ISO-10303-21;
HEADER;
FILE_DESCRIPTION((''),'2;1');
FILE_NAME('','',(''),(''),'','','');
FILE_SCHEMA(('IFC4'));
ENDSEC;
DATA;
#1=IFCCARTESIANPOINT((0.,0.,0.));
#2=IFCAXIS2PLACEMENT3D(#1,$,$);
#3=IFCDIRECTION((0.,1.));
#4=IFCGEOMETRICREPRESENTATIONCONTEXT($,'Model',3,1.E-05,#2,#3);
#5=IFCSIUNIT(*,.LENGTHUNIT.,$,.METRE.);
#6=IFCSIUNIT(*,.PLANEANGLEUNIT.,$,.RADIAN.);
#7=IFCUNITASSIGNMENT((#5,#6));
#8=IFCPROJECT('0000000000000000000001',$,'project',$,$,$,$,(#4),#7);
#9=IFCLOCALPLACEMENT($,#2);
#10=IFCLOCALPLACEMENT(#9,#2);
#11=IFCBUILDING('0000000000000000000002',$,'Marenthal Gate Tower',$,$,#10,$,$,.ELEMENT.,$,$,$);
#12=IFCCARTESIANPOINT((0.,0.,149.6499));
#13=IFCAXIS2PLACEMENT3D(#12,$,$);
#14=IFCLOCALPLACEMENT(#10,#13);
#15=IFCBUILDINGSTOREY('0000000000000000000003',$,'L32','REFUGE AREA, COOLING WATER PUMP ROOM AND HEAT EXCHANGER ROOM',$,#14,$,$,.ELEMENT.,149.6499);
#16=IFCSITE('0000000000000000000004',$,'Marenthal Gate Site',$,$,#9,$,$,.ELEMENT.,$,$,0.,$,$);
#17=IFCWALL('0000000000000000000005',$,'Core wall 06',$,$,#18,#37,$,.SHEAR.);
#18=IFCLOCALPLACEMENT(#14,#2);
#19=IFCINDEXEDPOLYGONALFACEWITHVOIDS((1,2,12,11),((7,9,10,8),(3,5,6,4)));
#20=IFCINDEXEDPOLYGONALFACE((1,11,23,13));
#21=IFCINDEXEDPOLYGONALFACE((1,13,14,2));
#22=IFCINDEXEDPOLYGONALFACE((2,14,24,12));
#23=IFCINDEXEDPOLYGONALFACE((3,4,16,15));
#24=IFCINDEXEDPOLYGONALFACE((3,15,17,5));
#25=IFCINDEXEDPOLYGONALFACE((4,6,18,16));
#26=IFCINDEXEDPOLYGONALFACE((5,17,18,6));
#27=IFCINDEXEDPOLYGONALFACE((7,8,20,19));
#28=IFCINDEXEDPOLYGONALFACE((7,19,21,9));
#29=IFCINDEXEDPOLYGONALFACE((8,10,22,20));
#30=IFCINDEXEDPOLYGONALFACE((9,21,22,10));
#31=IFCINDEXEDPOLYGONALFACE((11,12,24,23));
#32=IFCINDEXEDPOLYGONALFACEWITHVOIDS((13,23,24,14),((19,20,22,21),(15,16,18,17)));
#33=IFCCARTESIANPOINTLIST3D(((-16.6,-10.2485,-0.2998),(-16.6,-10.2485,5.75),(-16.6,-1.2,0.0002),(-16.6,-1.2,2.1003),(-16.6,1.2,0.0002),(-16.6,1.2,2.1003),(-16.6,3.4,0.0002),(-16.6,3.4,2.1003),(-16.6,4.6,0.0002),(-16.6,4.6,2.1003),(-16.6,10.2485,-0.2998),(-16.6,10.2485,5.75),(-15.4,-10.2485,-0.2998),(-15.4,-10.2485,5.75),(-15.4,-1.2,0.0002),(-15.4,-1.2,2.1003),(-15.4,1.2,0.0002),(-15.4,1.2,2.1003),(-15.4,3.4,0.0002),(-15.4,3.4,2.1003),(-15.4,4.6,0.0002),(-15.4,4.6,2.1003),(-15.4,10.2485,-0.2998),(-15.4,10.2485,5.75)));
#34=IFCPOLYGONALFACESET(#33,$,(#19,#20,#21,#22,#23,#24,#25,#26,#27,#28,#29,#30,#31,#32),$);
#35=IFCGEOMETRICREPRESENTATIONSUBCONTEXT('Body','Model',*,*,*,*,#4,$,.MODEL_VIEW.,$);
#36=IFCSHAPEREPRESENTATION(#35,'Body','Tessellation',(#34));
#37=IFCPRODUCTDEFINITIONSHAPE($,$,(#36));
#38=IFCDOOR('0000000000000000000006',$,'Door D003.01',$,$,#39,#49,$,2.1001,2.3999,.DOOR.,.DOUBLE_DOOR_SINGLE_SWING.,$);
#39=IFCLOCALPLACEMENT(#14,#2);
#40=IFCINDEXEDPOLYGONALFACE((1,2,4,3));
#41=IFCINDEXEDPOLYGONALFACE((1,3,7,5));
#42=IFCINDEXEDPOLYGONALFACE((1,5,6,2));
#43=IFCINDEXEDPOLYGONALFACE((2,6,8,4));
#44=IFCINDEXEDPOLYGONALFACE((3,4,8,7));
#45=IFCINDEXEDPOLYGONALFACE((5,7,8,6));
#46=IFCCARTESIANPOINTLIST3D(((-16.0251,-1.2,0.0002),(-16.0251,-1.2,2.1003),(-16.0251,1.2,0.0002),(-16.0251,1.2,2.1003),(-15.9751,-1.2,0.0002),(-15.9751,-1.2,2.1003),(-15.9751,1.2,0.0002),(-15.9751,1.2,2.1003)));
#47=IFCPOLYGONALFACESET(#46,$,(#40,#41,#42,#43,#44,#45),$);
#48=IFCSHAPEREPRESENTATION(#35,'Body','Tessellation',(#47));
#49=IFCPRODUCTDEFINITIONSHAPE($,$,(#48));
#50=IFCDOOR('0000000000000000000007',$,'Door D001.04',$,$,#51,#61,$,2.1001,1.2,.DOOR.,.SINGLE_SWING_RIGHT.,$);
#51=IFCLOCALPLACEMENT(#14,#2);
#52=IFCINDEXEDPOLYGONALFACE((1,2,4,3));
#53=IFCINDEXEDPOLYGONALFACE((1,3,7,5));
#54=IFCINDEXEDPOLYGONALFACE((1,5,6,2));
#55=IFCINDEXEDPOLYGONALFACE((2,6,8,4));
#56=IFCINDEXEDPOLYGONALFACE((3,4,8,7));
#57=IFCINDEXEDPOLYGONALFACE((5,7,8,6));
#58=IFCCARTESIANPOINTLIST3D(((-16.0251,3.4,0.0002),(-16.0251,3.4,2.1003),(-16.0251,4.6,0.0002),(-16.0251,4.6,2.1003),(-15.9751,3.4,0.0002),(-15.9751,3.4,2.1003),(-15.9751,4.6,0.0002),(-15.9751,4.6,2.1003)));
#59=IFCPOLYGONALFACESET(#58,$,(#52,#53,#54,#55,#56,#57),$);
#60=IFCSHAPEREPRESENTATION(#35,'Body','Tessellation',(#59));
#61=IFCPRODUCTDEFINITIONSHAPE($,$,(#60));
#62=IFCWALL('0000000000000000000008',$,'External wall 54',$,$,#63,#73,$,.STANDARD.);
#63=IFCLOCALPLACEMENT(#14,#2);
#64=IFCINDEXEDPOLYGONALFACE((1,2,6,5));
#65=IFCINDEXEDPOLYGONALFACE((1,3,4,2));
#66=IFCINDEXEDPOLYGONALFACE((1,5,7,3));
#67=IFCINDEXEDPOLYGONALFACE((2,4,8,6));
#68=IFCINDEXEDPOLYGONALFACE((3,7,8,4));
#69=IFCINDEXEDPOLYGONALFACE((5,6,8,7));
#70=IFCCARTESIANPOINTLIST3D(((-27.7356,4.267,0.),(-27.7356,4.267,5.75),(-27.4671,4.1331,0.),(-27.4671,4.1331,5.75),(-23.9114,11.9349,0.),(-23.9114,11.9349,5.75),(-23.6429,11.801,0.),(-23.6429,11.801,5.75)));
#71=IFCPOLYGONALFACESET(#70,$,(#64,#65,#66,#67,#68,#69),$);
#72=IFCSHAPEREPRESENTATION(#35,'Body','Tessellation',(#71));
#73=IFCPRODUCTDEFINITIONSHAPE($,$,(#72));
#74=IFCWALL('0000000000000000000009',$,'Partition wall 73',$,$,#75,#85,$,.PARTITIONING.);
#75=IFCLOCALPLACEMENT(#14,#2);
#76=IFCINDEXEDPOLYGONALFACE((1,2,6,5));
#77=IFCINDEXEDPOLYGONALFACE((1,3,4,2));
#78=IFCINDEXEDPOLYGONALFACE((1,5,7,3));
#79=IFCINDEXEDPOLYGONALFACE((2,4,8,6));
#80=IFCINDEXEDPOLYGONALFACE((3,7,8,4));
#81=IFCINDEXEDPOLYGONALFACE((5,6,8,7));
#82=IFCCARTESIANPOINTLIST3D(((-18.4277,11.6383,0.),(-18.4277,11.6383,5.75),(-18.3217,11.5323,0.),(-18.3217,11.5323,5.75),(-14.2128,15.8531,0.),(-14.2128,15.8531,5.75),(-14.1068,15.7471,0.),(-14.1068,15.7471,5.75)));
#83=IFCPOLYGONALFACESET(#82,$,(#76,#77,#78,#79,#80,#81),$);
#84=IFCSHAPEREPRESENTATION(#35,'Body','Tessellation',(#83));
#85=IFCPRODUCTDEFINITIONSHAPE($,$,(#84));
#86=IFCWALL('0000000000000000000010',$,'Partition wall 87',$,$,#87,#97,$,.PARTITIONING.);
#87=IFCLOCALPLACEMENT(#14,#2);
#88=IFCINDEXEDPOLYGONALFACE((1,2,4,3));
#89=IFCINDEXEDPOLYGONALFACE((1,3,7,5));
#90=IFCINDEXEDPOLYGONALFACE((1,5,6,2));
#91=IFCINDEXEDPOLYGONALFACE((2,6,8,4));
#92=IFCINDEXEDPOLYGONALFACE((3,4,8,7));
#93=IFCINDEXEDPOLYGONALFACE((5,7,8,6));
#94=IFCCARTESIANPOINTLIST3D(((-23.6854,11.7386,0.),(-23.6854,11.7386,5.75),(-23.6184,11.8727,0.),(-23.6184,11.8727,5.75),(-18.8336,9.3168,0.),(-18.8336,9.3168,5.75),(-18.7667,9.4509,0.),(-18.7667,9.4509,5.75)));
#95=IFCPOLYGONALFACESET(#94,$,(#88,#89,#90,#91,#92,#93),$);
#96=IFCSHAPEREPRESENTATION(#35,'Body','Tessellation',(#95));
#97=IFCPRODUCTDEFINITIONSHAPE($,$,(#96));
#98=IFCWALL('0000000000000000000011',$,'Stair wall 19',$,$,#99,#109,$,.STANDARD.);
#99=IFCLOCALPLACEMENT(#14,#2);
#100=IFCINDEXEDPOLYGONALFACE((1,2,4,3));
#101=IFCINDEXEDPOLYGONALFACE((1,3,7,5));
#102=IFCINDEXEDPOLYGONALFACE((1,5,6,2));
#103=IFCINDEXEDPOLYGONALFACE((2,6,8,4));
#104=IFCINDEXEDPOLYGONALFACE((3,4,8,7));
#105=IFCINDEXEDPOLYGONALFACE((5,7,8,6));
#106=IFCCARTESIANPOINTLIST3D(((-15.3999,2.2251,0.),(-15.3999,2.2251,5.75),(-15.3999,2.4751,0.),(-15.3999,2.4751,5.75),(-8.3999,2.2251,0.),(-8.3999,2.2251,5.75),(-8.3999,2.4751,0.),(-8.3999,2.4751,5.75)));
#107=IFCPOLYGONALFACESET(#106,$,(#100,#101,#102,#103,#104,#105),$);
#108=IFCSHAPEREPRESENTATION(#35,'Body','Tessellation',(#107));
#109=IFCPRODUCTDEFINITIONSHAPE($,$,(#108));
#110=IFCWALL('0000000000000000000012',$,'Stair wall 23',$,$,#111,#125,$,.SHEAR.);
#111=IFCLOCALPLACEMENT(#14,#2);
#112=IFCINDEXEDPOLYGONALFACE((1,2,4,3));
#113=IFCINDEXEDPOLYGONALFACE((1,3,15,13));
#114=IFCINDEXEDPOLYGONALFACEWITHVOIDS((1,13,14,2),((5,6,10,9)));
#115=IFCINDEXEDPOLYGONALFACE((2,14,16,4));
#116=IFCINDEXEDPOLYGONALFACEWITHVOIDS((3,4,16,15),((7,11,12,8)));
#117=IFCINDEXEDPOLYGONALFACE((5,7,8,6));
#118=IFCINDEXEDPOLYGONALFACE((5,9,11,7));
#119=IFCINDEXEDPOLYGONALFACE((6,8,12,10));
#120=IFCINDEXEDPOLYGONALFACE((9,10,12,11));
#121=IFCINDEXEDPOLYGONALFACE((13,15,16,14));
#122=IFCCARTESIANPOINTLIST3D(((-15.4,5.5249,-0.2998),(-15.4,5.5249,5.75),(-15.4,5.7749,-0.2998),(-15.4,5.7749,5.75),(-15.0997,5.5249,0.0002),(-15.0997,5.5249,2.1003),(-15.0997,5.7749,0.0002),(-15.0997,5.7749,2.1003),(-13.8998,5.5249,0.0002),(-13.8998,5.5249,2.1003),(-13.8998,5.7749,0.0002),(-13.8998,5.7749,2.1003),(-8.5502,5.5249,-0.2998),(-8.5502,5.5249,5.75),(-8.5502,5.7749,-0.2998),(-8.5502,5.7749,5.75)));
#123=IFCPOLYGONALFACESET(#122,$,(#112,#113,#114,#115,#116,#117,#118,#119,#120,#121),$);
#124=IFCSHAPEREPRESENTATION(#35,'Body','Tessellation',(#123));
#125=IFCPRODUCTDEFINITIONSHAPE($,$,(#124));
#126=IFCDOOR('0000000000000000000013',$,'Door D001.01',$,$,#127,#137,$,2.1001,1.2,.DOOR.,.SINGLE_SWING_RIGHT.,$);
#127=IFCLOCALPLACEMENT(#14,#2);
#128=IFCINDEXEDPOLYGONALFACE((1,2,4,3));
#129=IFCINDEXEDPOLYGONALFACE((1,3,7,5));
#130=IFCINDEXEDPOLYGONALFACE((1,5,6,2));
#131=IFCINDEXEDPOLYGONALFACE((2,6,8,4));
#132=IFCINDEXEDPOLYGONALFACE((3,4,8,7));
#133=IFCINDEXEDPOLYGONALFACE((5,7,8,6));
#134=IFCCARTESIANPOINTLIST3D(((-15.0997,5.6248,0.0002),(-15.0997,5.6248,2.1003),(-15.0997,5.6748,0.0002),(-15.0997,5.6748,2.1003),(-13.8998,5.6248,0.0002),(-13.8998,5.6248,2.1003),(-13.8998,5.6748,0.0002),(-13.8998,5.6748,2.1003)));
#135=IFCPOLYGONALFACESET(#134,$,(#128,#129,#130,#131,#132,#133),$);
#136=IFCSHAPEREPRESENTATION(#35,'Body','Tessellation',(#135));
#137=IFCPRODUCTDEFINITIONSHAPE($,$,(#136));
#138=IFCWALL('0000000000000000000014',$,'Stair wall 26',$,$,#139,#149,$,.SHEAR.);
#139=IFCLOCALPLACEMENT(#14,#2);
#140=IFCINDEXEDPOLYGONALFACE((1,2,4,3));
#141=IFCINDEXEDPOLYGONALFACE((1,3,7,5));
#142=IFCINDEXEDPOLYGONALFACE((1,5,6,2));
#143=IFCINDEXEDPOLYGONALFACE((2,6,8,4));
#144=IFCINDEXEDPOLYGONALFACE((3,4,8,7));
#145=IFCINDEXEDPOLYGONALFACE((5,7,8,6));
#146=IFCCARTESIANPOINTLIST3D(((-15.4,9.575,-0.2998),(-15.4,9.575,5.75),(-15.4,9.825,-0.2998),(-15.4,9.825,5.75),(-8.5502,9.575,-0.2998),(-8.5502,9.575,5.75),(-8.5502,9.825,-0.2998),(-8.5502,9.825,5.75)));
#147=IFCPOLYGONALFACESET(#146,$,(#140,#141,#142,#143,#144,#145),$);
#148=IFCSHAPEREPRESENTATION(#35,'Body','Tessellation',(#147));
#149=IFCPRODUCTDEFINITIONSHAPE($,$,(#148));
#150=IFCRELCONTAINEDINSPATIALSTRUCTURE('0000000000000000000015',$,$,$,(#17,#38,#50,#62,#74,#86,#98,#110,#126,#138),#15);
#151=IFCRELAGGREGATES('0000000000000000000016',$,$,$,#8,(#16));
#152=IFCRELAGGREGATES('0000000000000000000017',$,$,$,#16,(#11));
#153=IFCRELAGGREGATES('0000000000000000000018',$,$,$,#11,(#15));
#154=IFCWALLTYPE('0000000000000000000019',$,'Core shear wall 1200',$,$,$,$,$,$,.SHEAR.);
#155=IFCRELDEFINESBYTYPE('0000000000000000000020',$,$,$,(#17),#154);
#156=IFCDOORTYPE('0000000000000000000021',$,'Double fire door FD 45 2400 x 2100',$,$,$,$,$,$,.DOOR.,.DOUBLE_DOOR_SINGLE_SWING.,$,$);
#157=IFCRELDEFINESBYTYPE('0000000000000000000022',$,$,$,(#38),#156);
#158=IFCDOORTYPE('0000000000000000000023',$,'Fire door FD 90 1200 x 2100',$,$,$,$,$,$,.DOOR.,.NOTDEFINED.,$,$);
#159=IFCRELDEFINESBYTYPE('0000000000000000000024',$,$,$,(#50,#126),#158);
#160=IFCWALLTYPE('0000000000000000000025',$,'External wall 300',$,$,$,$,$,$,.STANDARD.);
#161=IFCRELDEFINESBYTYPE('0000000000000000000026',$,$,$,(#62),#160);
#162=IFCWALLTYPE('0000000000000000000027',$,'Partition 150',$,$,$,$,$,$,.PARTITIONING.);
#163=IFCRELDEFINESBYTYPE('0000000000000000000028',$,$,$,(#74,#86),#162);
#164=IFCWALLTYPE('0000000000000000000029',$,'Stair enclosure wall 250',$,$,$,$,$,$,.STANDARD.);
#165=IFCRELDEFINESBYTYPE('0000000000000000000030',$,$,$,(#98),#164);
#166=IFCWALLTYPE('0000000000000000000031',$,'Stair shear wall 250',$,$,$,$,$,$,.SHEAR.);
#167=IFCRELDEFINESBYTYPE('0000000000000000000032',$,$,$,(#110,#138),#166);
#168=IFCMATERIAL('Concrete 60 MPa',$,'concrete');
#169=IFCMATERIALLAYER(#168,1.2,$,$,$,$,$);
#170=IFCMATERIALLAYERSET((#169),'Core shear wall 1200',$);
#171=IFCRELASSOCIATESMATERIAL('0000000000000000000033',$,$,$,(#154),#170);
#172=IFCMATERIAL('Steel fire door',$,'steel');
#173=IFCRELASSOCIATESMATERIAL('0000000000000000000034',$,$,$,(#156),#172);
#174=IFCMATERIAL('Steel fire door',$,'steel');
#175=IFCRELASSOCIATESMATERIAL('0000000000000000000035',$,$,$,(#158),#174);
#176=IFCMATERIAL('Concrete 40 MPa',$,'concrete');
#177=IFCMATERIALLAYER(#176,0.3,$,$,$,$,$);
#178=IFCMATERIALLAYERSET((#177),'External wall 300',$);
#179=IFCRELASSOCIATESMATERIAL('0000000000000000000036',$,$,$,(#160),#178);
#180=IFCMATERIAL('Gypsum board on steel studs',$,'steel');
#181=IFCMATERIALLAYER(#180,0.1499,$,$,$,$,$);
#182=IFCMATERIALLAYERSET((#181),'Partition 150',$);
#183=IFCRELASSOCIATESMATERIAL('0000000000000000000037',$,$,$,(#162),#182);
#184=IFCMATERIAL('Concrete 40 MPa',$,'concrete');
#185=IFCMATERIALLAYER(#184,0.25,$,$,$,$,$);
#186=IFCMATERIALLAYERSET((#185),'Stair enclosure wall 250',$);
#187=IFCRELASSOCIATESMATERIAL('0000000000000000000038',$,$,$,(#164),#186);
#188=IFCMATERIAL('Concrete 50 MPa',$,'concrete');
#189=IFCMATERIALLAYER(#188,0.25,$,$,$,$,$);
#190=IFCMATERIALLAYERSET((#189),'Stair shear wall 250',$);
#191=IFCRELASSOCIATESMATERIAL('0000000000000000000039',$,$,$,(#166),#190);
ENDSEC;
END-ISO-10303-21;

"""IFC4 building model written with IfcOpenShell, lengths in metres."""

from ifc_helpers import new_model, si_unit, direction, frame, frame_2d, origin, place, context, subcontext, project, spatial, rectangle, extrude, material, layer, layer_set, type_object, element, fill, save


model = new_model("IFC4")

# Units and contexts
model_context = context("Model", 3, precision=1e-05, world=origin(), true_north=direction((0.0, 1.0)))
body_context = subcontext(model_context, "Body", "Model", "MODEL_VIEW")
ifc_project = project(units=[si_unit("LENGTHUNIT", "METRE"), si_unit("PLANEANGLEUNIT", "RADIAN")], contexts=[model_context])

# Site, building, storey
site_placement = place(None, origin())
site = spatial("IfcSite", under=ifc_project, at=site_placement, Name="Marenthal Gate Site", CompositionType="ELEMENT", RefElevation=0.0)
building_placement = place(site_placement, origin())
building = spatial("IfcBuilding", under=site, at=building_placement, Name="Marenthal Gate Tower", CompositionType="ELEMENT")
storey_placement = place(building_placement, frame((0.0, 0.0, 149.6499)))
storey = spatial("IfcBuildingStorey", under=building, at=storey_placement, Name="L32", Description="REFUGE AREA, COOLING WATER PUMP ROOM AND HEAT EXCHANGER ROOM", CompositionType="ELEMENT", Elevation=149.6499)

# Wall, openings, doors
ifc_material_1 = material(Name="Concrete 60 MPa", Category="concrete")
ifc_layer_1 = layer(ifc_material_1, 1.2)
ifc_layer_set_1 = layer_set([ifc_layer_1], Name="Core shear wall 1200")
wall_type_1 = type_object("IfcWallType", Name="Core shear wall 1200", PredefinedType="SHEAR", material=ifc_layer_set_1)
wall_1_placement = place(storey_placement, frame((-16.0, 10.2485, -0.2998), z_axis=(0.0, 0.0, 1.0), x_axis=(0.0, -1.0, 0.0)))
wall_1 = element("IfcWall", 1, at=wall_1_placement, inside=storey, type_object=wall_type_1, Name="Core wall 06", PredefinedType="SHEAR", context=body_context, shape_type="SweptSolid", body=[
    extrude(rectangle(XDim=20.4971, YDim=1.2, at=frame_2d((10.2485, 0.0))), origin(), (0.0, 0.0, 1.0), 6.0498),
])
opening_1_placement = place(wall_1_placement, frame((9.0486, 0.0, 0.3)))
opening_1 = element("IfcOpeningElement", 2, at=opening_1_placement, cuts=wall_1, PredefinedType="OPENING", context=body_context, shape_type="SweptSolid", body=[
    extrude(rectangle(XDim=2.3999, YDim=2.1001, at=frame_2d((1.2, 1.05))), frame((0.0, 0.6099, 0.0), z_axis=(0.0, -1.0, 0.0), x_axis=(1.0, 0.0, 0.0)), (0.0, 0.0, 1.0), 1.22),
])
opening_2_placement = place(wall_1_placement, frame((5.6484, 0.0, 0.3)))
opening_2 = element("IfcOpeningElement", 3, at=opening_2_placement, cuts=wall_1, PredefinedType="OPENING", context=body_context, shape_type="SweptSolid", body=[
    extrude(rectangle(XDim=1.2, YDim=2.1001, at=frame_2d((0.6001, 1.05))), frame((0.0, 0.6099, 0.0), z_axis=(0.0, -1.0, 0.0), x_axis=(1.0, 0.0, 0.0)), (0.0, 0.0, 1.0), 1.22),
])
ifc_material_2 = material(Name="Steel fire door", Category="steel")
door_type_1 = type_object("IfcDoorType", Name="Double fire door FD 45 2400 x 2100", OperationType="DOUBLE_DOOR_SINGLE_SWING", PredefinedType="DOOR", material=ifc_material_2)
door_1_placement = place(opening_1_placement, origin())
door_1 = element("IfcDoor", 4, at=door_1_placement, inside=storey, type_object=door_type_1, Name="Door D003.01", OperationType="DOUBLE_DOOR_SINGLE_SWING", OverallHeight=2.1001, OverallWidth=2.3999, PredefinedType="DOOR", context=body_context, shape_type="SweptSolid", body=[
    extrude(rectangle(XDim=2.3999, YDim=2.1001, at=frame_2d((1.2, 1.05))), frame((0.0, 0.0249, 0.0), z_axis=(0.0, -1.0, 0.0), x_axis=(1.0, 0.0, 0.0)), (0.0, 0.0, 1.0), 0.05),
])
fill(opening_1, door_1)
ifc_material_3 = material(Name="Steel fire door", Category="steel")
door_type_2 = type_object("IfcDoorType", Name="Fire door FD 90 1200 x 2100", OperationType="NOTDEFINED", PredefinedType="DOOR", material=ifc_material_3)
door_2_placement = place(opening_2_placement, origin())
door_2 = element("IfcDoor", 5, at=door_2_placement, inside=storey, type_object=door_type_2, Name="Door D001.04", OperationType="SINGLE_SWING_RIGHT", OverallHeight=2.1001, OverallWidth=1.2, PredefinedType="DOOR", context=body_context, shape_type="SweptSolid", body=[
    extrude(rectangle(XDim=1.2, YDim=2.1001, at=frame_2d((0.6001, 1.05))), frame((0.0, 0.0249, 0.0), z_axis=(0.0, -1.0, 0.0), x_axis=(1.0, 0.0, 0.0)), (0.0, 0.0, 1.0), 0.05),
])
fill(opening_2, door_2)

# Walls
ifc_material_4 = material(Name="Concrete 40 MPa", Category="concrete")
ifc_layer_2 = layer(ifc_material_4, 0.3)
ifc_layer_set_2 = layer_set([ifc_layer_2], Name="External wall 300")
wall_type_2 = type_object("IfcWallType", Name="External wall 300", PredefinedType="STANDARD", material=ifc_layer_set_2)
wall_2_placement = place(storey_placement, frame((-27.6013, 4.2002, 0.0), z_axis=(0.0, 0.0, 1.0), x_axis=(0.446302, 0.894883, 0.0)))
element("IfcWall", 6, at=wall_2_placement, inside=storey, type_object=wall_type_2, Name="External wall 54", PredefinedType="STANDARD", context=body_context, shape_type="SweptSolid", body=[
    extrude(rectangle(XDim=8.5686, YDim=0.3, at=frame_2d((4.2842, 0.0))), origin(), (0.0, 0.0, 1.0), 5.75),
])
ifc_material_5 = material(Name="Gypsum board on steel studs", Category="steel")
ifc_layer_3 = layer(ifc_material_5, 0.1499)
ifc_layer_set_3 = layer_set([ifc_layer_3], Name="Partition 150")
wall_type_3 = type_object("IfcWallType", Name="Partition 150", PredefinedType="PARTITIONING", material=ifc_layer_set_3)
wall_3_placement = place(storey_placement, frame((-18.3748, 11.5852, 0.0), z_axis=(0.0, 0.0, 1.0), x_axis=(0.707107, 0.707107, 0.0)))
element("IfcWall", 7, at=wall_3_placement, inside=storey, type_object=wall_type_3, Name="Partition wall 73", PredefinedType="PARTITIONING", context=body_context, shape_type="SweptSolid", body=[
    extrude(rectangle(XDim=5.9607, YDim=0.1499, at=frame_2d((2.9805, 0.0))), origin(), (0.0, 0.0, 1.0), 5.75),
])
wall_4_placement = place(storey_placement, frame((-18.8, 9.3838, 0.0), z_axis=(0.0, 0.0, 1.0), x_axis=(-0.894724, 0.446619, 0.0)))
element("IfcWall", 8, at=wall_4_placement, inside=storey, type_object=wall_type_3, Name="Partition wall 87", PredefinedType="PARTITIONING", context=body_context, shape_type="SweptSolid", body=[
    extrude(rectangle(XDim=5.4226, YDim=0.1499, at=frame_2d((2.7114, 0.0))), origin(), (0.0, 0.0, 1.0), 5.75),
])
ifc_material_6 = material(Name="Concrete 40 MPa", Category="concrete")
ifc_layer_4 = layer(ifc_material_6, 0.25)
ifc_layer_set_4 = layer_set([ifc_layer_4], Name="Stair enclosure wall 250")
wall_type_4 = type_object("IfcWallType", Name="Stair enclosure wall 250", PredefinedType="STANDARD", material=ifc_layer_set_4)
wall_5_placement = place(storey_placement, frame((-15.3999, 2.3501, 0.0), z_axis=(0.0, 0.0, 1.0), x_axis=(1.0, 0.0, 0.0)))
element("IfcWall", 9, at=wall_5_placement, inside=storey, type_object=wall_type_4, Name="Stair wall 19", PredefinedType="STANDARD", context=body_context, shape_type="SweptSolid", body=[
    extrude(rectangle(XDim=7.0, YDim=0.25, at=frame_2d((3.5, 0.0))), origin(), (0.0, 0.0, 1.0), 5.75),
])

# Wall, opening, door
ifc_material_7 = material(Name="Concrete 50 MPa", Category="concrete")
ifc_layer_5 = layer(ifc_material_7, 0.25)
ifc_layer_set_5 = layer_set([ifc_layer_5], Name="Stair shear wall 250")
wall_type_5 = type_object("IfcWallType", Name="Stair shear wall 250", PredefinedType="SHEAR", material=ifc_layer_set_5)
wall_6_placement = place(storey_placement, frame((-15.3999, 5.6499, -0.2998), z_axis=(0.0, 0.0, 1.0), x_axis=(1.0, 0.0, 0.0)))
wall_6 = element("IfcWall", 10, at=wall_6_placement, inside=storey, type_object=wall_type_5, Name="Stair wall 23", PredefinedType="SHEAR", context=body_context, shape_type="SweptSolid", body=[
    extrude(rectangle(XDim=6.8499, YDim=0.25, at=frame_2d((3.4248, 0.0))), origin(), (0.0, 0.0, 1.0), 6.0498),
])
opening_3_placement = place(wall_6_placement, frame((0.3, 0.0, 0.3)))
opening_3 = element("IfcOpeningElement", 11, at=opening_3_placement, cuts=wall_6, PredefinedType="OPENING", context=body_context, shape_type="SweptSolid", body=[
    extrude(rectangle(XDim=1.2, YDim=2.1001, at=frame_2d((0.6001, 1.05))), frame((0.0, 0.135, 0.0), z_axis=(0.0, -1.0, 0.0), x_axis=(1.0, 0.0, 0.0)), (0.0, 0.0, 1.0), 0.27),
])
door_3_placement = place(opening_3_placement, origin())
door_3 = element("IfcDoor", 12, at=door_3_placement, inside=storey, type_object=door_type_2, Name="Door D001.01", OperationType="SINGLE_SWING_RIGHT", OverallHeight=2.1001, OverallWidth=1.2, PredefinedType="DOOR", context=body_context, shape_type="SweptSolid", body=[
    extrude(rectangle(XDim=1.2, YDim=2.1001, at=frame_2d((0.6001, 1.05))), frame((0.0, 0.0249, 0.0), z_axis=(0.0, -1.0, 0.0), x_axis=(1.0, 0.0, 0.0)), (0.0, 0.0, 1.0), 0.05),
])
fill(opening_3, door_3)

# Wall
wall_7_placement = place(storey_placement, frame((-15.3999, 9.7, -0.2998), z_axis=(0.0, 0.0, 1.0), x_axis=(1.0, 0.0, 0.0)))
element("IfcWall", 13, at=wall_7_placement, inside=storey, type_object=wall_type_5, Name="Stair wall 26", PredefinedType="SHEAR", context=body_context, shape_type="SweptSolid", body=[
    extrude(rectangle(XDim=6.8499, YDim=0.25, at=frame_2d((3.4248, 0.0))), origin(), (0.0, 0.0, 1.0), 6.0498),
])

save(model, "model.ifc")
